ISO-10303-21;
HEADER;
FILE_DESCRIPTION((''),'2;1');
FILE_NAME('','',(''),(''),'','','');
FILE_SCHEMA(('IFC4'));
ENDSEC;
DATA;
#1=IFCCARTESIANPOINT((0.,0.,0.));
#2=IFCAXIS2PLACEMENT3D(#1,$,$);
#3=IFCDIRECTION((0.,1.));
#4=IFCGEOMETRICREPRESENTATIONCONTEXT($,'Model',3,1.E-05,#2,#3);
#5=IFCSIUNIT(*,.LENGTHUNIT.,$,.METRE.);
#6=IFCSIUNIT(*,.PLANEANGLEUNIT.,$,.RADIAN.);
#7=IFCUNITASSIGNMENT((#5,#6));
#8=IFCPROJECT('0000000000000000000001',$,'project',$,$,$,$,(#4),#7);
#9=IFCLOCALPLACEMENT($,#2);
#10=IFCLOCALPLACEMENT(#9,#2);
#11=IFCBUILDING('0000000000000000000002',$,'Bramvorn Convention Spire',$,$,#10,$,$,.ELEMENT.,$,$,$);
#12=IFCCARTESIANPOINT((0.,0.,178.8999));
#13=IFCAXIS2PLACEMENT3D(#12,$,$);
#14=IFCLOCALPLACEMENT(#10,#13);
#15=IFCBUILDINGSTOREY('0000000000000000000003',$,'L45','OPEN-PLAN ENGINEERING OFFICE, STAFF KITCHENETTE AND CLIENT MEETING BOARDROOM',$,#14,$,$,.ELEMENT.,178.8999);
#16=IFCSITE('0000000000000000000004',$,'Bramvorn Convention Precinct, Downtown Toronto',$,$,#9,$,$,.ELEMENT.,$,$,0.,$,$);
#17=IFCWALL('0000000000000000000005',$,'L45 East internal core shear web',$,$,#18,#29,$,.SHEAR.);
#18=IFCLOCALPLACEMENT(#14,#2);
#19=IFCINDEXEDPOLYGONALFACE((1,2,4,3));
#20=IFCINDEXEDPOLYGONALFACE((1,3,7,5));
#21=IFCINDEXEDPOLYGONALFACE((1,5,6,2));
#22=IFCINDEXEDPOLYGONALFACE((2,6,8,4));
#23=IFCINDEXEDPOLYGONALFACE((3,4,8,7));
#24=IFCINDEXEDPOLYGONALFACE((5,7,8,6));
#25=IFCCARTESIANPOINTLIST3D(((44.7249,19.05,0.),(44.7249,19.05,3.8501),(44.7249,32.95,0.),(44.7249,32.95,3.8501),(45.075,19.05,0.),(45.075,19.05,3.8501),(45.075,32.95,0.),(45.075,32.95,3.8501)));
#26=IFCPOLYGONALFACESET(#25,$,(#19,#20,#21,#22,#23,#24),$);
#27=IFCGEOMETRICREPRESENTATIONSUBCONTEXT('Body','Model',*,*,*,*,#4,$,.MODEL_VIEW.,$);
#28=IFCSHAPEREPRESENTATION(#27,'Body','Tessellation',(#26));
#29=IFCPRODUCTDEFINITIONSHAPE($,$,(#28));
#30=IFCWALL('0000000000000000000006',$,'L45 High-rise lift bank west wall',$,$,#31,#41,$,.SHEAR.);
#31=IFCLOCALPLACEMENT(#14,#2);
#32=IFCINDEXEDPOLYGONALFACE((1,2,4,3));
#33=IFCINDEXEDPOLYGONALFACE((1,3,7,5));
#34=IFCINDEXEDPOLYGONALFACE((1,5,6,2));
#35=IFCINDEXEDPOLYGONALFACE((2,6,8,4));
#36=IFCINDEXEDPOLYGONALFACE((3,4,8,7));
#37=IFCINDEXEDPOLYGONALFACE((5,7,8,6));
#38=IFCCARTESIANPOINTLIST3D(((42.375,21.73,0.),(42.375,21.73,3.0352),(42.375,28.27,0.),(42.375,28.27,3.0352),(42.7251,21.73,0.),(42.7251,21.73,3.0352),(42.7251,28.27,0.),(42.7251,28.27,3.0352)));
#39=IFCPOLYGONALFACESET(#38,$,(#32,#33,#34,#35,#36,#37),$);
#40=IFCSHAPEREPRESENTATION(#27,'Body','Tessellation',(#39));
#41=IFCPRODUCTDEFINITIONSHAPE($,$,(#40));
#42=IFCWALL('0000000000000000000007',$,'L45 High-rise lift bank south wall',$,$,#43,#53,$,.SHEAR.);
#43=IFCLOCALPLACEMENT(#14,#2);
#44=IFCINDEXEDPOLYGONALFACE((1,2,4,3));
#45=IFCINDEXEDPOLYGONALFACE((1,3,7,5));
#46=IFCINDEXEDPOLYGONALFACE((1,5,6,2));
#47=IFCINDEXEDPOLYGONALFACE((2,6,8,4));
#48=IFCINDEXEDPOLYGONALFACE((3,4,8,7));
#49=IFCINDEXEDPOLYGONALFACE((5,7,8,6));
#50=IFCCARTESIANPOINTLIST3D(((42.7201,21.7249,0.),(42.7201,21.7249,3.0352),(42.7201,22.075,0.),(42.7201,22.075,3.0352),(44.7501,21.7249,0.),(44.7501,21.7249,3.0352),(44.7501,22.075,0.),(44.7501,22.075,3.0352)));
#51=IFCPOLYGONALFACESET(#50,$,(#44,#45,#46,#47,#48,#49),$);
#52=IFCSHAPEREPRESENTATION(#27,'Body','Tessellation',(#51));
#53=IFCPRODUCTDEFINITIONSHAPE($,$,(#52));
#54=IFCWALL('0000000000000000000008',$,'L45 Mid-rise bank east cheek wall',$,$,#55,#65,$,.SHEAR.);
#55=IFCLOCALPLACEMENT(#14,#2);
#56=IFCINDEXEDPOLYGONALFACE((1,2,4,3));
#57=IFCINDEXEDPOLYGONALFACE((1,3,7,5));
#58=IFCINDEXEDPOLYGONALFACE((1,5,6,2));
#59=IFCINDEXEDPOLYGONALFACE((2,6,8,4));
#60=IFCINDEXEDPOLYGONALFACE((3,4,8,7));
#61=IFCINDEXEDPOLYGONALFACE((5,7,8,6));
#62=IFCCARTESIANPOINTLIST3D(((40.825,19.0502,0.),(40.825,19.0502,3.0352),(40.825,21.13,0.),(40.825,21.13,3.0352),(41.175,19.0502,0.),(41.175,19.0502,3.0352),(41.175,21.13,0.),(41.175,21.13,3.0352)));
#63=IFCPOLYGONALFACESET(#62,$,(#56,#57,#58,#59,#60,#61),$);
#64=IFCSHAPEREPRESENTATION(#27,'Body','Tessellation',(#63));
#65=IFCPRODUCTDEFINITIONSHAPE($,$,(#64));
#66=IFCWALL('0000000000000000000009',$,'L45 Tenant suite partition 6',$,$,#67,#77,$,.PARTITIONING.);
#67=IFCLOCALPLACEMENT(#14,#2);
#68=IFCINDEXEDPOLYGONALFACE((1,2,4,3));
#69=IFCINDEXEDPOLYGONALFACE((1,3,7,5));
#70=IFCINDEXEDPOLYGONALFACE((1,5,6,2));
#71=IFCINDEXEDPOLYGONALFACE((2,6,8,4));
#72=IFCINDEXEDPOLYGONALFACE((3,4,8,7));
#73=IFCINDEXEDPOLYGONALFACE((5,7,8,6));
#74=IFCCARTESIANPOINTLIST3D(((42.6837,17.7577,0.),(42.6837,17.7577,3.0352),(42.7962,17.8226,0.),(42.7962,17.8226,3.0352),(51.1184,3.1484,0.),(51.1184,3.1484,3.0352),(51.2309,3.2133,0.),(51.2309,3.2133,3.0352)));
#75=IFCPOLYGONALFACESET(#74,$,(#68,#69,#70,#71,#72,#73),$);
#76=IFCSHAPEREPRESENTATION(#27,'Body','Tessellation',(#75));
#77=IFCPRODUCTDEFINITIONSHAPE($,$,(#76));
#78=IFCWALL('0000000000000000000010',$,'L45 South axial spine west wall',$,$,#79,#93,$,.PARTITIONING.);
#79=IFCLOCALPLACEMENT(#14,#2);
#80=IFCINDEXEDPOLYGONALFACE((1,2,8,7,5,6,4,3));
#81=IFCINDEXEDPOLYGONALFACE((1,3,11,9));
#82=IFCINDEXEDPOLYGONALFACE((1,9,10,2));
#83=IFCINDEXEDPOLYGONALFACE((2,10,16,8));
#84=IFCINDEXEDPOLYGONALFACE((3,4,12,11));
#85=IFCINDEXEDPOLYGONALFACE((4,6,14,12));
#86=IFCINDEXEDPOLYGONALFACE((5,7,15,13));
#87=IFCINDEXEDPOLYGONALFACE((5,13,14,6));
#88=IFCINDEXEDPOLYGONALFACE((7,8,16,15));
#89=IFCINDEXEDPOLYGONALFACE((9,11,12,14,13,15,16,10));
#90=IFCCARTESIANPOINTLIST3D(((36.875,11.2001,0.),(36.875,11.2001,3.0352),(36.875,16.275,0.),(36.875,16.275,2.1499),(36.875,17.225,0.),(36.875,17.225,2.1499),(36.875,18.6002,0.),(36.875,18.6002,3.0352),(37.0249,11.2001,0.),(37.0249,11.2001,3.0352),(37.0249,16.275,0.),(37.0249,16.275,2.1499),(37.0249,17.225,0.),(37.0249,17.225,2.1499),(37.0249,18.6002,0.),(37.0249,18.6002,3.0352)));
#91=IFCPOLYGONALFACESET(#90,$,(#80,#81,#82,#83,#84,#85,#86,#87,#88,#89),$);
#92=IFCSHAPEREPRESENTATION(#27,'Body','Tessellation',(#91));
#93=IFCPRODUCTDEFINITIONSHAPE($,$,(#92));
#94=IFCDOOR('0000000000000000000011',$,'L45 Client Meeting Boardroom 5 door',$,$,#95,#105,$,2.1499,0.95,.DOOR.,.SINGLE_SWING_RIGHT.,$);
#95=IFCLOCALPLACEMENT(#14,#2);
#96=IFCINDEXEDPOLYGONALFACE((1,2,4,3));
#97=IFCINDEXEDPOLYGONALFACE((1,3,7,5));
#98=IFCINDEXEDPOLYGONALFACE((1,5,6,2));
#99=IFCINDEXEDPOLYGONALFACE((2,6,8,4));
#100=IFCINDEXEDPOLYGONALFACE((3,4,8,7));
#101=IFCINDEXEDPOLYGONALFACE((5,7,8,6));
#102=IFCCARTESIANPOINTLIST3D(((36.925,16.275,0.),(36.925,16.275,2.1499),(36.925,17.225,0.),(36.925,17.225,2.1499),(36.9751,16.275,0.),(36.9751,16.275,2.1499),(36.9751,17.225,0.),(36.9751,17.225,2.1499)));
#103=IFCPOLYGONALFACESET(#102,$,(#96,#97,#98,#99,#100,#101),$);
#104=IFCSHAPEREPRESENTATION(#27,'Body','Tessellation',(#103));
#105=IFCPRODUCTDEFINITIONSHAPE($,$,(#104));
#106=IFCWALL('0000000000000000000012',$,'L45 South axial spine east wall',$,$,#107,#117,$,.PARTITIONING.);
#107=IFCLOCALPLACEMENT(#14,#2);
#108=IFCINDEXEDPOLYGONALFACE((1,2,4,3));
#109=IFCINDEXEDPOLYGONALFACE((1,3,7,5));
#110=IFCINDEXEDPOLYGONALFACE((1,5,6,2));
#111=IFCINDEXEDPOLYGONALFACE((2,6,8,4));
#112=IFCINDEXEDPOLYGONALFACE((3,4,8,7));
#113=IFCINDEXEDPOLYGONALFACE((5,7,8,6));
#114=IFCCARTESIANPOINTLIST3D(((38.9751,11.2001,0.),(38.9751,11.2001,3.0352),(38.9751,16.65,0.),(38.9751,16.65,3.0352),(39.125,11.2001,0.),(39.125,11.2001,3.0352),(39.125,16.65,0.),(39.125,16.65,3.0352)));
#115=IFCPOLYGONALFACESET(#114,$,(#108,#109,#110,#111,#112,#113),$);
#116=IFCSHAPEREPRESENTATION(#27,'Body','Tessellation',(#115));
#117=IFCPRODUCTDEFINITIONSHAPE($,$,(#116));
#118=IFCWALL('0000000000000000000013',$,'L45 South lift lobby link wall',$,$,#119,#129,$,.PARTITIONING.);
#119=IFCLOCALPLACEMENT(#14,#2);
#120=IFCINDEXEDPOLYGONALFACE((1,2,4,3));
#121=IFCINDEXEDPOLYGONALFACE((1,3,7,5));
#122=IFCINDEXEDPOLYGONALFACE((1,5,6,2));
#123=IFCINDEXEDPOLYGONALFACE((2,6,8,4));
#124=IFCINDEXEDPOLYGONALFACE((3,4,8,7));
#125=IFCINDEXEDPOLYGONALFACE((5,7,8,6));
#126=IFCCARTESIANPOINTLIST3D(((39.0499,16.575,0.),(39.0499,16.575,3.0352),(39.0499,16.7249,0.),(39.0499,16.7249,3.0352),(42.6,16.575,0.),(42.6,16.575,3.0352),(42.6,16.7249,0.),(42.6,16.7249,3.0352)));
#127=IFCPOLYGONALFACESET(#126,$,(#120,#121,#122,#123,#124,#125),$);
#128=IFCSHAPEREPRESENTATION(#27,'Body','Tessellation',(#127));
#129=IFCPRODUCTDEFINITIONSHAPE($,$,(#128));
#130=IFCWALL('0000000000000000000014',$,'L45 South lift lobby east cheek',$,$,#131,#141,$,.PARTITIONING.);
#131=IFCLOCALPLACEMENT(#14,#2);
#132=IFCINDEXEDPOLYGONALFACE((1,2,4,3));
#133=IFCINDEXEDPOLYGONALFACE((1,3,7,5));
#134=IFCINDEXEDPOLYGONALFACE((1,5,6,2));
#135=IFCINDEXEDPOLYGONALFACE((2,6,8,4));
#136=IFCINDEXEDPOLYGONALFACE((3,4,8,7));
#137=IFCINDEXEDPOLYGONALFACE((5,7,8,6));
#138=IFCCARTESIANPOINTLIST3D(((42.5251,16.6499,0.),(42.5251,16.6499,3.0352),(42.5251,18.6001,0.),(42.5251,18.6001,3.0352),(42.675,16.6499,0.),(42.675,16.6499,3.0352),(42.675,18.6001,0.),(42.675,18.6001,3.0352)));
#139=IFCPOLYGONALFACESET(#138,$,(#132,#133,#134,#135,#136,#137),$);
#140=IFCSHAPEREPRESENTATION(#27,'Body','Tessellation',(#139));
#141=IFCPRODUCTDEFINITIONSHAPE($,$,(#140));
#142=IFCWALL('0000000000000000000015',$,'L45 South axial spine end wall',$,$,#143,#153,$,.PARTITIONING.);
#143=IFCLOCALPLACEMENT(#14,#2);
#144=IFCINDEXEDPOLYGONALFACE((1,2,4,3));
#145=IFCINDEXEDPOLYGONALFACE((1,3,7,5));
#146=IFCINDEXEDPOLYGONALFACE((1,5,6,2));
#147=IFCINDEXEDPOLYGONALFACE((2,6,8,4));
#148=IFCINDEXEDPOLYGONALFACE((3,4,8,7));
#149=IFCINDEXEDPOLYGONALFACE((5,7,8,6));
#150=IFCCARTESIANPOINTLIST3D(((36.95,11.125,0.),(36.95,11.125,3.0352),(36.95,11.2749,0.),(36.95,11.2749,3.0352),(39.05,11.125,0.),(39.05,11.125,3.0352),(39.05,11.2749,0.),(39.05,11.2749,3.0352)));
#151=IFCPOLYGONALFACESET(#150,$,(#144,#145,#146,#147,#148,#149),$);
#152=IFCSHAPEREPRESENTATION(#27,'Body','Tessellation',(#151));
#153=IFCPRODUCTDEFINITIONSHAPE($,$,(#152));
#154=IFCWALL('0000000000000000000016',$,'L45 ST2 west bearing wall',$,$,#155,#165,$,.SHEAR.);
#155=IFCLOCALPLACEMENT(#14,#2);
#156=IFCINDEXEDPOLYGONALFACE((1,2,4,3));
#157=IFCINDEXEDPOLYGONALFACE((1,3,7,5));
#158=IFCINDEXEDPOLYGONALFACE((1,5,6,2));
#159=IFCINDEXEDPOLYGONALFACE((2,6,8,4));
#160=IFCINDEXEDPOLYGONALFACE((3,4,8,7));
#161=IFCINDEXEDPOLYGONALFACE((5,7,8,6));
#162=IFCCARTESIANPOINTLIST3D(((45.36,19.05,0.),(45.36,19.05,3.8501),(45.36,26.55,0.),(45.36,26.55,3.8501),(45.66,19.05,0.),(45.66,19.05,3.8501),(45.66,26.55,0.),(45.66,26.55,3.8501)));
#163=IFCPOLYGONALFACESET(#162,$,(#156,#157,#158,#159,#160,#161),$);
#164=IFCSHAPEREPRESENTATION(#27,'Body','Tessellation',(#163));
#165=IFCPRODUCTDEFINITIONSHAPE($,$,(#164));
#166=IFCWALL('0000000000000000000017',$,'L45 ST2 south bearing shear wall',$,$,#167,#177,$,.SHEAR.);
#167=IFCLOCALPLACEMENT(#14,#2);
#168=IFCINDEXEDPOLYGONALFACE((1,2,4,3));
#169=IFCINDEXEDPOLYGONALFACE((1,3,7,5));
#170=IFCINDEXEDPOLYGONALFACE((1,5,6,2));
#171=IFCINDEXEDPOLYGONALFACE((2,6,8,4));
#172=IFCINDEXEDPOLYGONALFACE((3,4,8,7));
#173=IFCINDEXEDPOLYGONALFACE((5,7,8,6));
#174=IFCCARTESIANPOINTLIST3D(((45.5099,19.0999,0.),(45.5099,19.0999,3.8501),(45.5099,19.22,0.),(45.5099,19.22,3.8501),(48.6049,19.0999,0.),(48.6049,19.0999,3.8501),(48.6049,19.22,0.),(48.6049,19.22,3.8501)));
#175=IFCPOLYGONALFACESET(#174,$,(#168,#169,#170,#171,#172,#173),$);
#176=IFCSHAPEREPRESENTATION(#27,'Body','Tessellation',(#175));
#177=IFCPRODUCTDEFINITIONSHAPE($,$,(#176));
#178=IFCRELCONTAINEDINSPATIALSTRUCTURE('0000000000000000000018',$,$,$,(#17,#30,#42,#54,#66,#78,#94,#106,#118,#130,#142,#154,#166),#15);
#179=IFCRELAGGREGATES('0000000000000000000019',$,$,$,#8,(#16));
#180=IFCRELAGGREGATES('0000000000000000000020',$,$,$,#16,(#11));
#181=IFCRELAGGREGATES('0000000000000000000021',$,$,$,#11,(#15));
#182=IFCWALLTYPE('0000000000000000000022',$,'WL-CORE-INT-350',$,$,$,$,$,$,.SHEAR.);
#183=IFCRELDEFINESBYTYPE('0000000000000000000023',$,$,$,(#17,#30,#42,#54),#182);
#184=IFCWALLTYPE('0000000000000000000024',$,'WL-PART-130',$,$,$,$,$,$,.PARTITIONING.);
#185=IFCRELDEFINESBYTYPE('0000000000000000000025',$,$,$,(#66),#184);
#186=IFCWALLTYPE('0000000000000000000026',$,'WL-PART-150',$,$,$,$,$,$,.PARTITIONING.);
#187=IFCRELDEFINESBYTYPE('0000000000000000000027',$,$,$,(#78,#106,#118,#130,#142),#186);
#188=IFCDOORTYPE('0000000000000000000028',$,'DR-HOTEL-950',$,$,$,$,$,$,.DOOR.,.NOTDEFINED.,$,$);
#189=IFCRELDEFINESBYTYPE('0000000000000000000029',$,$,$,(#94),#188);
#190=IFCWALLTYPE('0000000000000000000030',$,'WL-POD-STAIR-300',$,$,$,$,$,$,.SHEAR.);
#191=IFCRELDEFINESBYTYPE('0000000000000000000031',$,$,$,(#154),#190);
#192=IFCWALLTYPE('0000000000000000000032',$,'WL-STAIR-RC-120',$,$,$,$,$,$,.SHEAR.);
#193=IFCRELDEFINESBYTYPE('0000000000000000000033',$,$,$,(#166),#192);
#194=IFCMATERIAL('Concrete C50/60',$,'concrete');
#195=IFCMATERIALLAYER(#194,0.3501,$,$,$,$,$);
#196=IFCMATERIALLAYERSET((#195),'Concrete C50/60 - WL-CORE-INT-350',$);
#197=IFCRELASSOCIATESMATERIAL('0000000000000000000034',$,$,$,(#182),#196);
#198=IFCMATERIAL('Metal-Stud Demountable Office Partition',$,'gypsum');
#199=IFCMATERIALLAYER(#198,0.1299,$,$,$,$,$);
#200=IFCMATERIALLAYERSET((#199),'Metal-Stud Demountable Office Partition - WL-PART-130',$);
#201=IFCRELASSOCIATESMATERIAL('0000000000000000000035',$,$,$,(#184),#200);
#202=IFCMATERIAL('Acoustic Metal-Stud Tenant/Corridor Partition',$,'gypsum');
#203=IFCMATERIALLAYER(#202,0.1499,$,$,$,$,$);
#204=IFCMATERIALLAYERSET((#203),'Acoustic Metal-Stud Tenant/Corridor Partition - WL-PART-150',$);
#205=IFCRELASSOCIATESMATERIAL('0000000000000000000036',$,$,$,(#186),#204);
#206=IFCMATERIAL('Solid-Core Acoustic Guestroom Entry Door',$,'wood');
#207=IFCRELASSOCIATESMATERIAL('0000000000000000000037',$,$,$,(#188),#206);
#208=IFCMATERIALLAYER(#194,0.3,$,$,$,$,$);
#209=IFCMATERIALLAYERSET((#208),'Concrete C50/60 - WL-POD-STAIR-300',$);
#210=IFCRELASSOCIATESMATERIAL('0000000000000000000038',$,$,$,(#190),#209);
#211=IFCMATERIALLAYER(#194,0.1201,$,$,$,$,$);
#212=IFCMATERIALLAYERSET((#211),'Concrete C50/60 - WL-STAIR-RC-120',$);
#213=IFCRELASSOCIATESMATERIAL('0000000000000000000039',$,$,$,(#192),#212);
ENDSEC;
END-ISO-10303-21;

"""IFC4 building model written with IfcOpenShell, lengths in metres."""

from ifc_helpers import new_model, si_unit, direction, frame, frame_2d, origin, place, context, subcontext, project, spatial, rectangle, extrude, material, layer, layer_set, type_object, element, fill, save


model = new_model("IFC4")

# Units and contexts
model_context = context("Model", 3, precision=1e-05, world=origin(), true_north=direction((0.0, 1.0)))
body_context = subcontext(model_context, "Body", "Model", "MODEL_VIEW")
ifc_project = project(units=[si_unit("LENGTHUNIT", "METRE"), si_unit("PLANEANGLEUNIT", "RADIAN")], contexts=[model_context])

# Site, building, storey
site_placement = place(None, origin())
site = spatial("IfcSite", under=ifc_project, at=site_placement, Name="Bramvorn Convention Precinct, Downtown Toronto", CompositionType="ELEMENT", RefElevation=0.0)
building_placement = place(site_placement, origin())
building = spatial("IfcBuilding", under=site, at=building_placement, Name="Bramvorn Convention Spire", CompositionType="ELEMENT")
storey_placement = place(building_placement, frame((0.0, 0.0, 178.8999)))
storey = spatial("IfcBuildingStorey", under=building, at=storey_placement, Name="L45", Description="OPEN-PLAN ENGINEERING OFFICE, STAFF KITCHENETTE AND CLIENT MEETING BOARDROOM", CompositionType="ELEMENT", Elevation=178.8999)

# Walls
ifc_material_1 = material(Name="Concrete C50/60", Category="concrete")
ifc_layer_1 = layer(ifc_material_1, 0.3501)
ifc_layer_set_1 = layer_set([ifc_layer_1], Name="Concrete C50/60 - WL-CORE-INT-350")
wall_type_1 = type_object("IfcWallType", Name="WL-CORE-INT-350", PredefinedType="SHEAR", material=ifc_layer_set_1)
wall_1_placement = place(storey_placement, frame((44.8999, 19.05, 0.0), z_axis=(0.0, 0.0, 1.0), x_axis=(0.0, 1.0, 0.0)))
element("IfcWall", 1, at=wall_1_placement, inside=storey, type_object=wall_type_1, Name="L45 East internal core shear web", PredefinedType="SHEAR", context=body_context, shape_type="SweptSolid", body=[
    extrude(rectangle(XDim=13.8999, YDim=0.3501, at=frame_2d((6.95, 0.0))), origin(), (0.0, 0.0, 1.0), 3.8501),
])
wall_2_placement = place(storey_placement, frame((42.55, 21.73, 0.0), z_axis=(0.0, 0.0, 1.0), x_axis=(0.0, 1.0, 0.0)))
element("IfcWall", 2, at=wall_2_placement, inside=storey, type_object=wall_type_1, Name="L45 High-rise lift bank west wall", PredefinedType="SHEAR", context=body_context, shape_type="SweptSolid", body=[
    extrude(rectangle(XDim=6.54, YDim=0.3501, at=frame_2d((3.27, 0.0))), origin(), (0.0, 0.0, 1.0), 3.0352),
])
wall_3_placement = place(storey_placement, frame((42.72, 21.8999, 0.0), z_axis=(0.0, 0.0, 1.0), x_axis=(1.0, 0.0, 0.0)))
element("IfcWall", 3, at=wall_3_placement, inside=storey, type_object=wall_type_1, Name="L45 High-rise lift bank south wall", PredefinedType="SHEAR", context=body_context, shape_type="SweptSolid", body=[
    extrude(rectangle(XDim=2.03, YDim=0.3501, at=frame_2d((1.0151, 0.0))), origin(), (0.0, 0.0, 1.0), 3.0352),
])
wall_4_placement = place(storey_placement, frame((41.0, 19.05, 0.0), z_axis=(0.0, 0.0, 1.0), x_axis=(0.0, 1.0, 0.0)))
element("IfcWall", 4, at=wall_4_placement, inside=storey, type_object=wall_type_1, Name="L45 Mid-rise bank east cheek wall", PredefinedType="SHEAR", context=body_context, shape_type="SweptSolid", body=[
    extrude(rectangle(XDim=2.0798, YDim=0.3501, at=frame_2d((1.04, 0.0))), origin(), (0.0, 0.0, 1.0), 3.0352),
])
ifc_material_2 = material(Name="Metal-Stud Demountable Office Partition", Category="gypsum")
ifc_layer_2 = layer(ifc_material_2, 0.1299)
ifc_layer_set_2 = layer_set([ifc_layer_2], Name="Metal-Stud Demountable Office Partition - WL-PART-130")
wall_type_2 = type_object("IfcWallType", Name="WL-PART-130", PredefinedType="PARTITIONING", material=ifc_layer_set_2)
wall_5_placement = place(storey_placement, frame((42.74, 17.79, 0.0), z_axis=(0.0, 0.0, 1.0), x_axis=(0.500004, -0.866023, 0.0)))
element("IfcWall", 5, at=wall_5_placement, inside=storey, type_object=wall_type_2, Name="L45 Tenant suite partition 6", PredefinedType="PARTITIONING", context=body_context, shape_type="SweptSolid", body=[
    extrude(rectangle(XDim=16.8694, YDim=0.1299, at=frame_2d((8.4346, 0.0))), origin(), (0.0, 0.0, 1.0), 3.0352),
])

# Wall, opening, door
ifc_material_3 = material(Name="Acoustic Metal-Stud Tenant/Corridor Partition", Category="gypsum")
ifc_layer_3 = layer(ifc_material_3, 0.1499)
ifc_layer_set_3 = layer_set([ifc_layer_3], Name="Acoustic Metal-Stud Tenant/Corridor Partition - WL-PART-150")
wall_type_3 = type_object("IfcWallType", Name="WL-PART-150", PredefinedType="PARTITIONING", material=ifc_layer_set_3)
wall_6_placement = place(storey_placement, frame((36.95, 11.2, 0.0), z_axis=(0.0, 0.0, 1.0), x_axis=(0.0, 1.0, 0.0)))
wall_6 = element("IfcWall", 6, at=wall_6_placement, inside=storey, type_object=wall_type_3, Name="L45 South axial spine west wall", PredefinedType="PARTITIONING", context=body_context, shape_type="SweptSolid", body=[
    extrude(rectangle(XDim=7.4001, YDim=0.1499, at=frame_2d((3.7002, 0.0))), origin(), (0.0, 0.0, 1.0), 3.0352),
])
opening_placement = place(wall_6_placement, frame((5.075, 0.0, 0.0)))
opening = element("IfcOpeningElement", 7, at=opening_placement, cuts=wall_6, PredefinedType="OPENING", context=body_context, shape_type="SweptSolid", body=[
    extrude(rectangle(XDim=0.95, YDim=2.1499, at=frame_2d((0.4751, 1.075))), frame((0.0, 0.085, 0.0), z_axis=(0.0, -1.0, 0.0), x_axis=(1.0, 0.0, 0.0)), (0.0, 0.0, 1.0), 0.1699),
])
ifc_material_4 = material(Name="Solid-Core Acoustic Guestroom Entry Door", Category="wood")
door_type = type_object("IfcDoorType", Name="DR-HOTEL-950", OperationType="NOTDEFINED", PredefinedType="DOOR", material=ifc_material_4)
door_placement = place(opening_placement, origin())
door = element("IfcDoor", 8, at=door_placement, inside=storey, type_object=door_type, Name="L45 Client Meeting Boardroom 5 door", OperationType="SINGLE_SWING_RIGHT", OverallHeight=2.1499, OverallWidth=0.95, PredefinedType="DOOR", context=body_context, shape_type="SweptSolid", body=[
    extrude(rectangle(XDim=0.95, YDim=2.1499, at=frame_2d((0.4751, 1.075))), frame((0.0, 0.0249, 0.0), z_axis=(0.0, -1.0, 0.0), x_axis=(1.0, 0.0, 0.0)), (0.0, 0.0, 1.0), 0.05),
])
fill(opening, door)

# Walls
wall_7_placement = place(storey_placement, frame((39.05, 11.2, 0.0), z_axis=(0.0, 0.0, 1.0), x_axis=(0.0, 1.0, 0.0)))
element("IfcWall", 9, at=wall_7_placement, inside=storey, type_object=wall_type_3, Name="L45 South axial spine east wall", PredefinedType="PARTITIONING", context=body_context, shape_type="SweptSolid", body=[
    extrude(rectangle(XDim=5.45, YDim=0.1499, at=frame_2d((2.7251, 0.0))), origin(), (0.0, 0.0, 1.0), 3.0352),
])
wall_8_placement = place(storey_placement, frame((39.05, 16.6499, 0.0), z_axis=(0.0, 0.0, 1.0), x_axis=(1.0, 0.0, 0.0)))
element("IfcWall", 10, at=wall_8_placement, inside=storey, type_object=wall_type_3, Name="L45 South lift lobby link wall", PredefinedType="PARTITIONING", context=body_context, shape_type="SweptSolid", body=[
    extrude(rectangle(XDim=3.55, YDim=0.1499, at=frame_2d((1.7749, 0.0))), origin(), (0.0, 0.0, 1.0), 3.0352),
])
wall_9_placement = place(storey_placement, frame((42.6001, 16.6499, 0.0), z_axis=(0.0, 0.0, 1.0), x_axis=(0.0, 1.0, 0.0)))
element("IfcWall", 11, at=wall_9_placement, inside=storey, type_object=wall_type_3, Name="L45 South lift lobby east cheek", PredefinedType="PARTITIONING", context=body_context, shape_type="SweptSolid", body=[
    extrude(rectangle(XDim=1.9502, YDim=0.1499, at=frame_2d((0.9751, 0.0))), origin(), (0.0, 0.0, 1.0), 3.0352),
])
wall_10_placement = place(storey_placement, frame((36.95, 11.2, 0.0), z_axis=(0.0, 0.0, 1.0), x_axis=(1.0, 0.0, 0.0)))
element("IfcWall", 12, at=wall_10_placement, inside=storey, type_object=wall_type_3, Name="L45 South axial spine end wall", PredefinedType="PARTITIONING", context=body_context, shape_type="SweptSolid", body=[
    extrude(rectangle(XDim=2.1001, YDim=0.1499, at=frame_2d((1.05, 0.0))), origin(), (0.0, 0.0, 1.0), 3.0352),
])
ifc_layer_4 = layer(ifc_material_1, 0.3)
ifc_layer_set_4 = layer_set([ifc_layer_4], Name="Concrete C50/60 - WL-POD-STAIR-300")
wall_type_4 = type_object("IfcWallType", Name="WL-POD-STAIR-300", PredefinedType="SHEAR", material=ifc_layer_set_4)
wall_11_placement = place(storey_placement, frame((45.51, 19.05, 0.0), z_axis=(0.0, 0.0, 1.0), x_axis=(0.0, 1.0, 0.0)))
element("IfcWall", 13, at=wall_11_placement, inside=storey, type_object=wall_type_4, Name="L45 ST2 west bearing wall", PredefinedType="SHEAR", context=body_context, shape_type="SweptSolid", body=[
    extrude(rectangle(XDim=7.5, YDim=0.3, at=frame_2d((3.75, 0.0))), origin(), (0.0, 0.0, 1.0), 3.8501),
])
ifc_layer_5 = layer(ifc_material_1, 0.1201)
ifc_layer_set_5 = layer_set([ifc_layer_5], Name="Concrete C50/60 - WL-STAIR-RC-120")
wall_type_5 = type_object("IfcWallType", Name="WL-STAIR-RC-120", PredefinedType="SHEAR", material=ifc_layer_set_5)
wall_12_placement = place(storey_placement, frame((45.51, 19.1599, 0.0), z_axis=(0.0, 0.0, 1.0), x_axis=(1.0, 0.0, 0.0)))
element("IfcWall", 14, at=wall_12_placement, inside=storey, type_object=wall_type_5, Name="L45 ST2 south bearing shear wall", PredefinedType="SHEAR", context=body_context, shape_type="SweptSolid", body=[
    extrude(rectangle(XDim=3.095, YDim=0.1201, at=frame_2d((1.5474, 0.0))), origin(), (0.0, 0.0, 1.0), 3.8501),
])

save(model, "model.ifc")
